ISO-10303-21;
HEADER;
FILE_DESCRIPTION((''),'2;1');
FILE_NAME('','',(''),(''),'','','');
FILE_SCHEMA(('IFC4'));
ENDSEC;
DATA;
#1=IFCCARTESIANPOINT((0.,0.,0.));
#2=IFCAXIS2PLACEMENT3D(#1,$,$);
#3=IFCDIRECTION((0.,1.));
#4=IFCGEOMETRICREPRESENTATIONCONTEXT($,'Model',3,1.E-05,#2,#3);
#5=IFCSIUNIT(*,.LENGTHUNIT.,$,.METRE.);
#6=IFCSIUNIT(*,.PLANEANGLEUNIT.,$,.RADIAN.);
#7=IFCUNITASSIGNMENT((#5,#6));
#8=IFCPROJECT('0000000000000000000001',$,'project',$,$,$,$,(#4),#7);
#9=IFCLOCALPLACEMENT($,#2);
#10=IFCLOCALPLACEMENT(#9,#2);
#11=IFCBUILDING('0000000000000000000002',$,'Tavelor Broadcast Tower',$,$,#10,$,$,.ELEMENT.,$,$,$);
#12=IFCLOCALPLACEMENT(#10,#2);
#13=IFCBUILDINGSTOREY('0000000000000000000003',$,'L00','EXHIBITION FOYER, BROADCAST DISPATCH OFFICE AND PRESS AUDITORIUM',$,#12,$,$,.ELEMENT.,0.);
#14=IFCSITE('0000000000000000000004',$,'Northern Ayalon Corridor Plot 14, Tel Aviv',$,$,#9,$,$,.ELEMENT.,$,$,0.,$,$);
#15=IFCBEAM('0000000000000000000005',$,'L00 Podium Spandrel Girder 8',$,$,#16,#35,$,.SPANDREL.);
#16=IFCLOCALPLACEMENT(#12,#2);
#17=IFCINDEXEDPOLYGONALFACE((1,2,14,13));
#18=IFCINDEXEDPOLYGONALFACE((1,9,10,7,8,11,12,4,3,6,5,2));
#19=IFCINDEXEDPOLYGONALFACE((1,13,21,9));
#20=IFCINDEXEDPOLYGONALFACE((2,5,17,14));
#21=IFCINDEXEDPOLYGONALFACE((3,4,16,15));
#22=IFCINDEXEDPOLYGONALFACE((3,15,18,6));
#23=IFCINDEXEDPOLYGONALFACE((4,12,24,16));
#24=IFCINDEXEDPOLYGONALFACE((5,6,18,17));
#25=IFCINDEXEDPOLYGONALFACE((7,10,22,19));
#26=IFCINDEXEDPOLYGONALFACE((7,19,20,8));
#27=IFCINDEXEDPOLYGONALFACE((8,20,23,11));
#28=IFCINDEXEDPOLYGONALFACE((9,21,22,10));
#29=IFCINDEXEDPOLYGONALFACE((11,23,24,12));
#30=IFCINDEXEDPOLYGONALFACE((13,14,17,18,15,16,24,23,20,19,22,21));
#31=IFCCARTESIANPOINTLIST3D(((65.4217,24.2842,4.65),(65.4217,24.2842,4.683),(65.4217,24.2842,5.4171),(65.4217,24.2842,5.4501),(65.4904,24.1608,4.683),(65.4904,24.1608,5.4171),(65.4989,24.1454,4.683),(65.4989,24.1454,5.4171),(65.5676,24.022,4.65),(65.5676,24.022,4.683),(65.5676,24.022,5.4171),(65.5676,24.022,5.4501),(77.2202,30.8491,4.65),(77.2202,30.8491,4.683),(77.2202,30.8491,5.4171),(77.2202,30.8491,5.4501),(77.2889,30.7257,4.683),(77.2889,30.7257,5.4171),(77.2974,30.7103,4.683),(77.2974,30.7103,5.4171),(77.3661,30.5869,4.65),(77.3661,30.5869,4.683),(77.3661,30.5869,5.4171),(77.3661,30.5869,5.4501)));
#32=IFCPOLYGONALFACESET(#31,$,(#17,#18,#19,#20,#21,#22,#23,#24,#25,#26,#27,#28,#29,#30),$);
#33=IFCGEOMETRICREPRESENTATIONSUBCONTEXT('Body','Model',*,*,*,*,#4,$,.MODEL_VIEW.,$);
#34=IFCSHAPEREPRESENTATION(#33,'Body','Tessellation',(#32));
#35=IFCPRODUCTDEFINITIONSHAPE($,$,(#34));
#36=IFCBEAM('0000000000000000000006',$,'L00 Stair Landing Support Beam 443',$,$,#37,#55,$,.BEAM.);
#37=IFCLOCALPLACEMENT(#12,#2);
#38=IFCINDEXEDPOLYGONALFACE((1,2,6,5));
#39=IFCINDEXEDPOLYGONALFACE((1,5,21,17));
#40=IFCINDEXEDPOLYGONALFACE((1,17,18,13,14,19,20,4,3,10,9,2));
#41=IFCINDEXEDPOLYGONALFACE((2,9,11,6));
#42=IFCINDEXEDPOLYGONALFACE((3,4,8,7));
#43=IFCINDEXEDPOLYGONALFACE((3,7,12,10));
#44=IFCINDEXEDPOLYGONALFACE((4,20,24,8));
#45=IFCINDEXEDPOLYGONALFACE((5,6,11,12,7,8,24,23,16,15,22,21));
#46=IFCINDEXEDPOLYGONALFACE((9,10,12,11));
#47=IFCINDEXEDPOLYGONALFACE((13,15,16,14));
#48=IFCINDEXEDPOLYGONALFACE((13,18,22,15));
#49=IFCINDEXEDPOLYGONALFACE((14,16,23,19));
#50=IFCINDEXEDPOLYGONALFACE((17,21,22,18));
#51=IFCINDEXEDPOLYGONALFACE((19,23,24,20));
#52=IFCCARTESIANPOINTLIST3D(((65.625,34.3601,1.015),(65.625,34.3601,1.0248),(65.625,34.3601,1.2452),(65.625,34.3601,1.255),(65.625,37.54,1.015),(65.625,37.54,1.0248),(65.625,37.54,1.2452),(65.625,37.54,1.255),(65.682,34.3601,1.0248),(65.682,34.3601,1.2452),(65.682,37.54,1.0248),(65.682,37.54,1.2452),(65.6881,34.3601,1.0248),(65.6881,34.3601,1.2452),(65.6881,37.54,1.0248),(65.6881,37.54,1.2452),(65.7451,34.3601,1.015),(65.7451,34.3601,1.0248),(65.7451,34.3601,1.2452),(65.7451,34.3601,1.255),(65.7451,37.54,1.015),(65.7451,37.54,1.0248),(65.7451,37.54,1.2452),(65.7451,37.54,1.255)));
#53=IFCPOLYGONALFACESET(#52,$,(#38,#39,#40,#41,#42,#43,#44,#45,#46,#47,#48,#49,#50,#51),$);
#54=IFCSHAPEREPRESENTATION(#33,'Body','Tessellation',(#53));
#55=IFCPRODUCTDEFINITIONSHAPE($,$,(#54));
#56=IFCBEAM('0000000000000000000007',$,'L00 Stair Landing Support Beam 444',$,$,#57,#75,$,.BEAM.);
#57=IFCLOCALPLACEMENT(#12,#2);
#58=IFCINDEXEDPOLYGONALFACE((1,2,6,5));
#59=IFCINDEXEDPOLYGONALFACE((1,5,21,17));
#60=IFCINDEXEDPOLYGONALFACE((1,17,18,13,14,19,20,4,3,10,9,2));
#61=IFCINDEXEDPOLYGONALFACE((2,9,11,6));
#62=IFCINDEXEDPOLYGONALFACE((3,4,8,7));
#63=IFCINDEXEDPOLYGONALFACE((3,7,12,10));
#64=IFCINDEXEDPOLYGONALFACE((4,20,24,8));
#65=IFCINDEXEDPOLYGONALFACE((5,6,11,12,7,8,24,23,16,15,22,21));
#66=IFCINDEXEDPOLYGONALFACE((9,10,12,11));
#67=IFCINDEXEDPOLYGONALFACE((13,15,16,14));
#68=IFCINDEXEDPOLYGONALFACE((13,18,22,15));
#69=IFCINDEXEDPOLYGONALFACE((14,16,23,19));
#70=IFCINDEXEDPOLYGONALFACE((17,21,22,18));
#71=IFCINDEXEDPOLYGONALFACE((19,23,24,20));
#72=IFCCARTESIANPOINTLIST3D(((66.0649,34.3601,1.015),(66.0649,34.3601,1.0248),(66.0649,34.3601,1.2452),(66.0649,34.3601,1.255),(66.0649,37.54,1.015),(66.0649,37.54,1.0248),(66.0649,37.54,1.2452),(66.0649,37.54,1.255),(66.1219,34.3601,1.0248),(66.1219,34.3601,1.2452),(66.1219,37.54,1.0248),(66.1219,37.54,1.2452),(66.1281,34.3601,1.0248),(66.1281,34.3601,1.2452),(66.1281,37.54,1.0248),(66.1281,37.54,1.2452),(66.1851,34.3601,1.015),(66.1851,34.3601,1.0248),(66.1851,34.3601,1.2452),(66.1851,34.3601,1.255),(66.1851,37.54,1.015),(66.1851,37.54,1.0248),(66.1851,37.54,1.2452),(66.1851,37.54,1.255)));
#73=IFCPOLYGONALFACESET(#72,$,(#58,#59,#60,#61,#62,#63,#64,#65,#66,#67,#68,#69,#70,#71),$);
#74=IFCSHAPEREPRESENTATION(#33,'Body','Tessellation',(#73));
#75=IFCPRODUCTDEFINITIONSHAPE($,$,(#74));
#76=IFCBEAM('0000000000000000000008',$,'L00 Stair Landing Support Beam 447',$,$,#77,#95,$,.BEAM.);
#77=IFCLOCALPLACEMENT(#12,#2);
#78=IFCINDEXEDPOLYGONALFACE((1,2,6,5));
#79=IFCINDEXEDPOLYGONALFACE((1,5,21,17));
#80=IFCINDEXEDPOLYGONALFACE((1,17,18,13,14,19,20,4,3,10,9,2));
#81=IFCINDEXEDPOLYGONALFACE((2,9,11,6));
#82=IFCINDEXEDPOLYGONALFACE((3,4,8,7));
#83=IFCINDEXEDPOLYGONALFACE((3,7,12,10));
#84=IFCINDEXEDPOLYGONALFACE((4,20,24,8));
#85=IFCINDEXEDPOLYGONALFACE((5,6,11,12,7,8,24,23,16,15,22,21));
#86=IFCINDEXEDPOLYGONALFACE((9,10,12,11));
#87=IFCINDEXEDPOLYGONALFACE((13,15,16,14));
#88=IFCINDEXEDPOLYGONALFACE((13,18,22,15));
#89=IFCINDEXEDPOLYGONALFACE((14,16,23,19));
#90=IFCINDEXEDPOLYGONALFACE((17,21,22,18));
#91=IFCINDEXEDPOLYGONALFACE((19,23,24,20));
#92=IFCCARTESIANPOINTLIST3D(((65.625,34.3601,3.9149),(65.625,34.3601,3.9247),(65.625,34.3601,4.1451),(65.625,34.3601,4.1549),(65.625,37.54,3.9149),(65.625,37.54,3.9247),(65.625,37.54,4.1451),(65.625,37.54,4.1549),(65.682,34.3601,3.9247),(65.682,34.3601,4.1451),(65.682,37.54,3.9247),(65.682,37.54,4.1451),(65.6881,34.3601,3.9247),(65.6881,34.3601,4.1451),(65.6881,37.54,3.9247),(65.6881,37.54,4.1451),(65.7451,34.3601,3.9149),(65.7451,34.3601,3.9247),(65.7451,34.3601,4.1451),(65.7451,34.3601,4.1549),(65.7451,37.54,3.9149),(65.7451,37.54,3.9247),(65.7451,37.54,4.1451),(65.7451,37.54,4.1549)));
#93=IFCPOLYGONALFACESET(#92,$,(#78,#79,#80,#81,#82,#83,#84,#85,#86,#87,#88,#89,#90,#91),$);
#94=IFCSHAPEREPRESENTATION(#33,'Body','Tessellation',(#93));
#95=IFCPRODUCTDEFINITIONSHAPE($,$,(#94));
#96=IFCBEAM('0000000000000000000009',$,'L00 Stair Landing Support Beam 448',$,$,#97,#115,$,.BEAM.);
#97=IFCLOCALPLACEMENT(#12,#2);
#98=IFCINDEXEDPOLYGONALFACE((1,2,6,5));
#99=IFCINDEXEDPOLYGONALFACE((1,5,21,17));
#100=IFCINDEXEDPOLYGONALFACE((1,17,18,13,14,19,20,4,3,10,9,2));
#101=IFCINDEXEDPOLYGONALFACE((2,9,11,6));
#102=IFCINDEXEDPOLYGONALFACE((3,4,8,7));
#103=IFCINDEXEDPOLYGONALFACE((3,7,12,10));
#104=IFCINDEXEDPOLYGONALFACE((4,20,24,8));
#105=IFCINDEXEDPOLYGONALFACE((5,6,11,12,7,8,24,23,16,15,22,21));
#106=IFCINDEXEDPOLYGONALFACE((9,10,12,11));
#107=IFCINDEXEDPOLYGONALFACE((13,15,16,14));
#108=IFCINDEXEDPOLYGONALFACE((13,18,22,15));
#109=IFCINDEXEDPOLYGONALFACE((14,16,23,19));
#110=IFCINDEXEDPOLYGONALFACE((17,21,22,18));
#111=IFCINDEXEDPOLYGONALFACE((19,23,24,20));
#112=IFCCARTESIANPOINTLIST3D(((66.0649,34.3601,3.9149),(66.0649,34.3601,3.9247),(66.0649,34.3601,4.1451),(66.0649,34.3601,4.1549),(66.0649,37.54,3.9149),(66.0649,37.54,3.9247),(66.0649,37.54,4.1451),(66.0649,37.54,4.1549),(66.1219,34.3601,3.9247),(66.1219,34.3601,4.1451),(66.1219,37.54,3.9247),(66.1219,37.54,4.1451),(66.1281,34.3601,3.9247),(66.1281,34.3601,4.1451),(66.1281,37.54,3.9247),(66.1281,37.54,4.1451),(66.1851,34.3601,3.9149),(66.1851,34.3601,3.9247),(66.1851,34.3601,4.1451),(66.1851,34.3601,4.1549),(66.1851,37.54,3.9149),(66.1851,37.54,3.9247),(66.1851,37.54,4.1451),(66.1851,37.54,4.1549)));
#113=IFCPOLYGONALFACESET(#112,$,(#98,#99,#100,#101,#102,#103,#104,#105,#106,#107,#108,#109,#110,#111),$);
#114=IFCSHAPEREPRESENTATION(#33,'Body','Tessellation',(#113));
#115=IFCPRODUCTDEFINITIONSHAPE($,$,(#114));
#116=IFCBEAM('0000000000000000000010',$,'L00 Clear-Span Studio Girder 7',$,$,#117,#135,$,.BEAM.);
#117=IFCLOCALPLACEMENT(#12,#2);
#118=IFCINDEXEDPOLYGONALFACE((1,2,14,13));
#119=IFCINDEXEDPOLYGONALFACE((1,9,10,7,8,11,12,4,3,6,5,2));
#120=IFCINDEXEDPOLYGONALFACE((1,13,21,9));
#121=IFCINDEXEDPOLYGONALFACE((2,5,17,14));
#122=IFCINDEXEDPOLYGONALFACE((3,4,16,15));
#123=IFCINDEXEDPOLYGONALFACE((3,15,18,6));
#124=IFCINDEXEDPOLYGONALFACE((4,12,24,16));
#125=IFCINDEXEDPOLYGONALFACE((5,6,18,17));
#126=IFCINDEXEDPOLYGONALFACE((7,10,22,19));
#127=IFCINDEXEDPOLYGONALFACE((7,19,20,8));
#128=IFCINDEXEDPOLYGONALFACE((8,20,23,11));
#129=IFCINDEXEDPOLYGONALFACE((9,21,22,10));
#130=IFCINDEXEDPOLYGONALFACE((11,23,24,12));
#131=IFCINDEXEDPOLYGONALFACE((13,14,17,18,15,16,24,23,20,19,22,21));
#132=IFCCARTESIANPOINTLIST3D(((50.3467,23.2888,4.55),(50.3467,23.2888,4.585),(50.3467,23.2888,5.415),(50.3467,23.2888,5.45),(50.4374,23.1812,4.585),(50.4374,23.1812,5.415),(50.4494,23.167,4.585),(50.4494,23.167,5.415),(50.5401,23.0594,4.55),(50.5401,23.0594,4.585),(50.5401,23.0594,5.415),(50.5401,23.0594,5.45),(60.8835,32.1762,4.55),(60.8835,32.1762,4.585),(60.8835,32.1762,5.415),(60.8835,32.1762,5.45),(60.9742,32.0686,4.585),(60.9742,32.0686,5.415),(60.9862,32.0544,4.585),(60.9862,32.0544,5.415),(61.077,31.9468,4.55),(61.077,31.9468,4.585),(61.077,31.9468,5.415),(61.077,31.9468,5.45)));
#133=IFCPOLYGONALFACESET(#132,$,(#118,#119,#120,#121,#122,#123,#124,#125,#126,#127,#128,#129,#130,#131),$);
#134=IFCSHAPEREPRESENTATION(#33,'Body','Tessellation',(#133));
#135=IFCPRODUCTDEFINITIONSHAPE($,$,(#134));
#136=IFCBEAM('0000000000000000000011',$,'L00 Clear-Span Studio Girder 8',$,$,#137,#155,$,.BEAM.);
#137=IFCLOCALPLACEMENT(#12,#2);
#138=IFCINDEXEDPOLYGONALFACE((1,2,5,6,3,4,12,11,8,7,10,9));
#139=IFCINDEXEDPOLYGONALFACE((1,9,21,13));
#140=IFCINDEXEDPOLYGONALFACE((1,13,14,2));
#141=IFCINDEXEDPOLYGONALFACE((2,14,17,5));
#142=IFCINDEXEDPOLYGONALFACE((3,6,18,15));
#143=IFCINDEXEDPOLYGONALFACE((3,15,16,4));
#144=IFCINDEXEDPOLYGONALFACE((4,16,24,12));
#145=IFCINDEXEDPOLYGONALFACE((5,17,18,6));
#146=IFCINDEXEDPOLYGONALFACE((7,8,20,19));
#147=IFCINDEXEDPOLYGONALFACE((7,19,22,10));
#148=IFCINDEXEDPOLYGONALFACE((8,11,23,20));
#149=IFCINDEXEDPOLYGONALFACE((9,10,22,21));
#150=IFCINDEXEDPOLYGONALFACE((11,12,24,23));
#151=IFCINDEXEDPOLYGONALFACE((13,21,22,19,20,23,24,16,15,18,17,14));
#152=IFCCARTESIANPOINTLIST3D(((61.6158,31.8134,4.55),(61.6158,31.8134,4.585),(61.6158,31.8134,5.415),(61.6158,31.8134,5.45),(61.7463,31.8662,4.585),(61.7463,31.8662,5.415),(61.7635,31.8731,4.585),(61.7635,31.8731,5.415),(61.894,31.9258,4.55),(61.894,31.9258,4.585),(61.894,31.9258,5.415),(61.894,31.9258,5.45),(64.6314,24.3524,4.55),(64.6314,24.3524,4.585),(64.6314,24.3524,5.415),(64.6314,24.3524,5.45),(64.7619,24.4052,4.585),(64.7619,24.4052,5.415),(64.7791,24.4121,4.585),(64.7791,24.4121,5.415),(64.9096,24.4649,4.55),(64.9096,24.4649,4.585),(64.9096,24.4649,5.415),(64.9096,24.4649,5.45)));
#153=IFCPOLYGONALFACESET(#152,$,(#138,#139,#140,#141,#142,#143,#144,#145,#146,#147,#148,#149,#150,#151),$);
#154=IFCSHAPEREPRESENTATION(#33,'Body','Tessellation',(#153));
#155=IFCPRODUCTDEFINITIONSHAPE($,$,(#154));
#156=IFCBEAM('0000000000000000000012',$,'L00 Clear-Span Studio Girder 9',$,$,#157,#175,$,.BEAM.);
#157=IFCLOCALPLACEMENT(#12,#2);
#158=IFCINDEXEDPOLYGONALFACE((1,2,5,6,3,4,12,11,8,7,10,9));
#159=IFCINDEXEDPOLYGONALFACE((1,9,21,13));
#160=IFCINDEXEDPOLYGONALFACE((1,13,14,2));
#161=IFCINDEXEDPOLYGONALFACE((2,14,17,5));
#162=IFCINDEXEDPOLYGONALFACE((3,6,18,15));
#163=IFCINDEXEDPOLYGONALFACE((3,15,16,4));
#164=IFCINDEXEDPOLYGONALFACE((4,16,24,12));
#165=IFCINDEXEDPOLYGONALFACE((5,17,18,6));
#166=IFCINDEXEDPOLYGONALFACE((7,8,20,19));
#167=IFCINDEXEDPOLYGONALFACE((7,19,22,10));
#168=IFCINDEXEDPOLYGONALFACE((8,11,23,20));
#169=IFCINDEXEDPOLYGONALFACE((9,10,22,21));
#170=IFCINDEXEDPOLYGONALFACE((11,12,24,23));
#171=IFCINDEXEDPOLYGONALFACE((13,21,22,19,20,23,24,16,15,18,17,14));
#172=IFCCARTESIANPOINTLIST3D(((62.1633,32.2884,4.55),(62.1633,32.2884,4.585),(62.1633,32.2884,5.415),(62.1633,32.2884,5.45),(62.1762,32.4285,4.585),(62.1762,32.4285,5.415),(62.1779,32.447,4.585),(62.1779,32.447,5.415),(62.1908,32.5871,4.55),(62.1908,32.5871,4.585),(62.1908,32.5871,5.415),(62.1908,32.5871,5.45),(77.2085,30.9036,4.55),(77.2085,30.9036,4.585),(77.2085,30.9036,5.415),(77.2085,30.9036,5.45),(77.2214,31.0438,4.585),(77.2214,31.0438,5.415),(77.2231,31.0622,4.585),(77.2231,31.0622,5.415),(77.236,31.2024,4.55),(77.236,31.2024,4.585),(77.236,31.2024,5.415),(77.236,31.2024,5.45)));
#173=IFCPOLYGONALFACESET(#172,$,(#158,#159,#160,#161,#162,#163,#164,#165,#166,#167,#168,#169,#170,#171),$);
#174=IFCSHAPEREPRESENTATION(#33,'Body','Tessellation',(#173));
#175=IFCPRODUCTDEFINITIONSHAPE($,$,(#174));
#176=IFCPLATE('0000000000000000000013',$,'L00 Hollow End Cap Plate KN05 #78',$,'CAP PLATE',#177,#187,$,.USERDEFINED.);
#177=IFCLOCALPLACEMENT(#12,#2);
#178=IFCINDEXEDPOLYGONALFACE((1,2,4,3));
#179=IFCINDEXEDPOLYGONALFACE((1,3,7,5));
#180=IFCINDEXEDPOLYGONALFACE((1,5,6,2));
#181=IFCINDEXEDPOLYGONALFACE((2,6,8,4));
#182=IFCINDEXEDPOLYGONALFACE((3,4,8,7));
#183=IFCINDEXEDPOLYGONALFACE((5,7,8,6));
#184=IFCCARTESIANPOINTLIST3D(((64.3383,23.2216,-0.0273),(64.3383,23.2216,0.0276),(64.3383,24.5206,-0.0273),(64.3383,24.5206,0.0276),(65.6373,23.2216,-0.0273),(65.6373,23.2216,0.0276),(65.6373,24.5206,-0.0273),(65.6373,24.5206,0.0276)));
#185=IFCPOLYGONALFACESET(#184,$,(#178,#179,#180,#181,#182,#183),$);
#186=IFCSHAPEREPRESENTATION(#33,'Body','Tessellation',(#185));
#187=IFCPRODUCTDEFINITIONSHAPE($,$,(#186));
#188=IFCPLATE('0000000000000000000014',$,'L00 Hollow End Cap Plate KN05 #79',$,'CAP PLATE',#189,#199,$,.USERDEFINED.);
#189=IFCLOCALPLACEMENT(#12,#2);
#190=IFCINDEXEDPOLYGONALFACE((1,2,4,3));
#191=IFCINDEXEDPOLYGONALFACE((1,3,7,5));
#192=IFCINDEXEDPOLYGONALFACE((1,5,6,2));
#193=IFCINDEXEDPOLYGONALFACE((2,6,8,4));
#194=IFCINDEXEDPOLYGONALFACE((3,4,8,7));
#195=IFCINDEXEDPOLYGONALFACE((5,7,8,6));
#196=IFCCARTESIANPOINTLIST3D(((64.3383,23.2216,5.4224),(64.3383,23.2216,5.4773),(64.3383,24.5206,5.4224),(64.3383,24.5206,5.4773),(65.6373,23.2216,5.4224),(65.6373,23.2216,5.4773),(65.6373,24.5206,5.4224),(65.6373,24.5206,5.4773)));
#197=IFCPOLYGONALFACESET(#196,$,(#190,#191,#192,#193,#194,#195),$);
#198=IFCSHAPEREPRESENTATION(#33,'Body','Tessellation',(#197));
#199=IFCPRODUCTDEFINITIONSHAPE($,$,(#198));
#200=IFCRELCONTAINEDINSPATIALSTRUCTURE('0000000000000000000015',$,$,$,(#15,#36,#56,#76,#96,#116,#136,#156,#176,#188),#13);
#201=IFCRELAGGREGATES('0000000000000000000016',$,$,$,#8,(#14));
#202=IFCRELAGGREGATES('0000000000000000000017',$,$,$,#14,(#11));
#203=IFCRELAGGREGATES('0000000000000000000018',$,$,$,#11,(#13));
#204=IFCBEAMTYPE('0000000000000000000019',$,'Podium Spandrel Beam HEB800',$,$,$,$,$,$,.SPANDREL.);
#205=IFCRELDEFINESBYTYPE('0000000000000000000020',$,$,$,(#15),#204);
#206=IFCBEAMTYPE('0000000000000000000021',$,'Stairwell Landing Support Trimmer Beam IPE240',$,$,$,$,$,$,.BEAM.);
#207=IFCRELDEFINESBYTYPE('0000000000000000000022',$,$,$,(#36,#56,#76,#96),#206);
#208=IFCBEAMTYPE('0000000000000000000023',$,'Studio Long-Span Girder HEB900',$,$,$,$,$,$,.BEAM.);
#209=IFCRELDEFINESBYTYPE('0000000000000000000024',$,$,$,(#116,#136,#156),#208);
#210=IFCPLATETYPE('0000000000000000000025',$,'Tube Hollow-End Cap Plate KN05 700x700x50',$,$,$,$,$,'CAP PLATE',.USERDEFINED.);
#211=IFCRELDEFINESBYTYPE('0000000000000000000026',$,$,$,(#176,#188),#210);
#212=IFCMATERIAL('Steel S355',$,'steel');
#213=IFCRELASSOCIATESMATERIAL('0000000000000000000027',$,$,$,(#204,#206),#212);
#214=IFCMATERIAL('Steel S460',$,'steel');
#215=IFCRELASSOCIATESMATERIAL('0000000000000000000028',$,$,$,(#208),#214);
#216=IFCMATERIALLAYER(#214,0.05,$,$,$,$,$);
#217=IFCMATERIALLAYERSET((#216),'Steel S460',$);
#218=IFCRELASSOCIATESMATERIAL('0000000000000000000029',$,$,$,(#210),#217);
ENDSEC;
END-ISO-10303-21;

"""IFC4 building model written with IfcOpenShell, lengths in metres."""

from ifc_helpers import new_model, si_unit, direction, frame, origin, origin_2d, place, context, subcontext, project, spatial, rectangle, i_section, extrude, source, transform, mapped, material, layer, layer_set, material_profile, profile_set, type_object, element, save


model = new_model("IFC4")

# Units and contexts
model_context = context("Model", 3, precision=1e-05, world=origin(), true_north=direction((0.0, 1.0)))
body_context = subcontext(model_context, "Body", "Model", "MODEL_VIEW")
ifc_project = project(units=[si_unit("LENGTHUNIT", "METRE"), si_unit("PLANEANGLEUNIT", "RADIAN")], contexts=[model_context])

# Site, building, storey
site_placement = place(None, origin())
site = spatial("IfcSite", under=ifc_project, at=site_placement, Name="Northern Ayalon Corridor Plot 14, Tel Aviv", CompositionType="ELEMENT", RefElevation=0.0)
building_placement = place(site_placement, origin())
building = spatial("IfcBuilding", under=site, at=building_placement, Name="Tavelor Broadcast Tower", CompositionType="ELEMENT")
storey_placement = place(building_placement, origin())
storey = spatial("IfcBuildingStorey", under=building, at=storey_placement, Name="L00", Description="EXHIBITION FOYER, BROADCAST DISPATCH OFFICE AND PRESS AUDITORIUM", CompositionType="ELEMENT", Elevation=0.0)

# Shared definitions
ifc_material_1 = material(Name="Steel S355", Category="steel")
ifc_material_2 = material(Name="Steel S460", Category="steel")

# Beams
ifc_material_profile_1 = material_profile(ifc_material_1, i_section(OverallWidth=0.3, OverallDepth=0.8, WebThickness=0.0176, FlangeThickness=0.033, at=origin_2d()), Name="HEB 800")
ifc_profile_set_1 = profile_set([ifc_material_profile_1], Name="Steel S355")
beam_type_1 = type_object("IfcBeamType", Name="Podium Spandrel Beam HEB800", PredefinedType="SPANDREL", material=ifc_profile_set_1)
beam_1_placement = place(storey_placement, frame((65.4946, 24.1531, 5.05), z_axis=(0.873837, 0.486219, 0.0), x_axis=(-0.486219, 0.873837, 0.0)))
element("IfcBeam", 1, at=beam_1_placement, inside=storey, type_object=beam_type_1, Name="L00 Podium Spandrel Girder 8", PredefinedType="SPANDREL", context=body_context, shape_type="SweptSolid", body=[
    extrude(i_section(OverallWidth=0.3, OverallDepth=0.8, WebThickness=0.0176, FlangeThickness=0.033, at=origin_2d()), origin(), (0.0, 0.0, 1.0), 13.502),
])
ifc_material_profile_2 = material_profile(ifc_material_1, i_section(OverallWidth=0.1201, OverallDepth=0.24, WebThickness=0.0061, FlangeThickness=0.0098, at=origin_2d()), Name="IPE 240")
ifc_profile_set_2 = profile_set([ifc_material_profile_2], Name="Steel S355")
beam_type_2 = type_object("IfcBeamType", Name="Stairwell Landing Support Trimmer Beam IPE240", PredefinedType="BEAM", material=ifc_profile_set_2)
for number, where, z_axis, x_axis, name in (
    (2, (65.6851, 34.3601, 1.135), (0.0, 1.0, 0.0), (-1.0, 0.0, 0.0), "L00 Stair Landing Support Beam 443"),
    (3, (66.125, 34.3601, 1.135), (0.0, 1.0, 0.0), (-1.0, 0.0, 0.0), "L00 Stair Landing Support Beam 444"),
    (4, (65.6851, 34.3601, 4.0349), (0.0, 1.0, 0.0), (-1.0, 0.0, 0.0), "L00 Stair Landing Support Beam 447"),
    (5, (66.125, 34.3601, 4.0349), (0.0, 1.0, 0.0), (-1.0, 0.0, 0.0), "L00 Stair Landing Support Beam 448"),
):
    element("IfcBeam", number, at=place(storey_placement, frame(where, z_axis=z_axis, x_axis=x_axis)), inside=storey, type_object=beam_type_2, Name=name, PredefinedType="BEAM", context=body_context, shape_type="SweptSolid", body=[
        extrude(i_section(OverallWidth=0.1201, OverallDepth=0.24, WebThickness=0.0061, FlangeThickness=0.0098, at=origin_2d()), origin(), (0.0, 0.0, 1.0), 3.1799),
    ])
ifc_material_profile_3 = material_profile(ifc_material_2, i_section(OverallWidth=0.3, OverallDepth=0.8999, WebThickness=0.0186, FlangeThickness=0.0349, at=origin_2d()), Name="HEB 900")
ifc_profile_set_3 = profile_set([ifc_material_profile_3], Name="Steel S460")
beam_type_3 = type_object("IfcBeamType", Name="Studio Long-Span Girder HEB900", PredefinedType="BEAM", material=ifc_profile_set_3)
beam_2_placement = place(storey_placement, frame((60.9802, 32.0615, 5.0), z_axis=(-0.7644, -0.644743, 0.0), x_axis=(0.644743, -0.7644, 0.0)))
element("IfcBeam", 6, at=beam_2_placement, inside=storey, type_object=beam_type_3, Name="L00 Clear-Span Studio Girder 7", PredefinedType="BEAM", context=body_context, shape_type="SweptSolid", body=[
    extrude(i_section(OverallWidth=0.3, OverallDepth=0.8999, WebThickness=0.0186, FlangeThickness=0.0349, at=origin_2d()), origin(), (0.0, 0.0, 1.0), 13.7844),
])
beam_3_placement = place(storey_placement, frame((61.7549, 31.8696, 5.0), z_axis=(0.374736, -0.927132, 0.0), x_axis=(0.927132, 0.374736, 0.0)))
element("IfcBeam", 7, at=beam_3_placement, inside=storey, type_object=beam_type_3, Name="L00 Clear-Span Studio Girder 8", PredefinedType="BEAM", context=body_context, shape_type="SweptSolid", body=[
    extrude(i_section(OverallWidth=0.3, OverallDepth=0.8999, WebThickness=0.0186, FlangeThickness=0.0349, at=origin_2d()), origin(), (0.0, 0.0, 1.0), 8.0474),
])
beam_4_placement = place(storey_placement, frame((62.177, 32.4377, 5.0), z_axis=(0.995791, -0.091652, 0.0), x_axis=(0.091652, 0.995791, 0.0)))
element("IfcBeam", 8, at=beam_4_placement, inside=storey, type_object=beam_type_3, Name="L00 Clear-Span Studio Girder 9", PredefinedType="BEAM", context=body_context, shape_type="SweptSolid", body=[
    extrude(i_section(OverallWidth=0.3, OverallDepth=0.8999, WebThickness=0.0186, FlangeThickness=0.0349, at=origin_2d()), origin(), (0.0, 0.0, 1.0), 15.1089),
])

# Plates
ifc_layer_1 = layer(ifc_material_2, 0.05)
ifc_layer_set_1 = layer_set([ifc_layer_1], Name="Steel S460")
plate_type_1 = type_object("IfcPlateType", Name="Tube Hollow-End Cap Plate KN05 700x700x50", ElementType="CAP PLATE", PredefinedType="USERDEFINED", material=ifc_layer_set_1)
shared_shape_1 = source(origin(), body_context, "Body", "SweptSolid", [
    extrude(rectangle(XDim=1.2991, YDim=1.2991, at=origin_2d()), origin(), (0.0, 0.0, 1.0), 0.0549),
])
for number, where, z_axis, x_axis, name in (
    (9, (64.9878, 23.8711, -0.0273), (0.0, 0.0, 1.0), (1.0, 0.0, 0.0), "L00 Hollow End Cap Plate KN05 #78"),
    (10, (64.9878, 23.8711, 5.4224), (0.0, 0.0, 1.0), (1.0, 0.0, 0.0), "L00 Hollow End Cap Plate KN05 #79"),
):
    element("IfcPlate", number, at=place(storey_placement, frame(where, z_axis=z_axis, x_axis=x_axis)), inside=storey, type_object=plate_type_1, Name=name, ObjectType="CAP PLATE", PredefinedType="USERDEFINED", context=body_context, shape_type="MappedRepresentation", body=[
        mapped(shared_shape_1, transform((0.0, 0.0, 0.0), scale=1.0)),
    ])

save(model, "model.ifc")
